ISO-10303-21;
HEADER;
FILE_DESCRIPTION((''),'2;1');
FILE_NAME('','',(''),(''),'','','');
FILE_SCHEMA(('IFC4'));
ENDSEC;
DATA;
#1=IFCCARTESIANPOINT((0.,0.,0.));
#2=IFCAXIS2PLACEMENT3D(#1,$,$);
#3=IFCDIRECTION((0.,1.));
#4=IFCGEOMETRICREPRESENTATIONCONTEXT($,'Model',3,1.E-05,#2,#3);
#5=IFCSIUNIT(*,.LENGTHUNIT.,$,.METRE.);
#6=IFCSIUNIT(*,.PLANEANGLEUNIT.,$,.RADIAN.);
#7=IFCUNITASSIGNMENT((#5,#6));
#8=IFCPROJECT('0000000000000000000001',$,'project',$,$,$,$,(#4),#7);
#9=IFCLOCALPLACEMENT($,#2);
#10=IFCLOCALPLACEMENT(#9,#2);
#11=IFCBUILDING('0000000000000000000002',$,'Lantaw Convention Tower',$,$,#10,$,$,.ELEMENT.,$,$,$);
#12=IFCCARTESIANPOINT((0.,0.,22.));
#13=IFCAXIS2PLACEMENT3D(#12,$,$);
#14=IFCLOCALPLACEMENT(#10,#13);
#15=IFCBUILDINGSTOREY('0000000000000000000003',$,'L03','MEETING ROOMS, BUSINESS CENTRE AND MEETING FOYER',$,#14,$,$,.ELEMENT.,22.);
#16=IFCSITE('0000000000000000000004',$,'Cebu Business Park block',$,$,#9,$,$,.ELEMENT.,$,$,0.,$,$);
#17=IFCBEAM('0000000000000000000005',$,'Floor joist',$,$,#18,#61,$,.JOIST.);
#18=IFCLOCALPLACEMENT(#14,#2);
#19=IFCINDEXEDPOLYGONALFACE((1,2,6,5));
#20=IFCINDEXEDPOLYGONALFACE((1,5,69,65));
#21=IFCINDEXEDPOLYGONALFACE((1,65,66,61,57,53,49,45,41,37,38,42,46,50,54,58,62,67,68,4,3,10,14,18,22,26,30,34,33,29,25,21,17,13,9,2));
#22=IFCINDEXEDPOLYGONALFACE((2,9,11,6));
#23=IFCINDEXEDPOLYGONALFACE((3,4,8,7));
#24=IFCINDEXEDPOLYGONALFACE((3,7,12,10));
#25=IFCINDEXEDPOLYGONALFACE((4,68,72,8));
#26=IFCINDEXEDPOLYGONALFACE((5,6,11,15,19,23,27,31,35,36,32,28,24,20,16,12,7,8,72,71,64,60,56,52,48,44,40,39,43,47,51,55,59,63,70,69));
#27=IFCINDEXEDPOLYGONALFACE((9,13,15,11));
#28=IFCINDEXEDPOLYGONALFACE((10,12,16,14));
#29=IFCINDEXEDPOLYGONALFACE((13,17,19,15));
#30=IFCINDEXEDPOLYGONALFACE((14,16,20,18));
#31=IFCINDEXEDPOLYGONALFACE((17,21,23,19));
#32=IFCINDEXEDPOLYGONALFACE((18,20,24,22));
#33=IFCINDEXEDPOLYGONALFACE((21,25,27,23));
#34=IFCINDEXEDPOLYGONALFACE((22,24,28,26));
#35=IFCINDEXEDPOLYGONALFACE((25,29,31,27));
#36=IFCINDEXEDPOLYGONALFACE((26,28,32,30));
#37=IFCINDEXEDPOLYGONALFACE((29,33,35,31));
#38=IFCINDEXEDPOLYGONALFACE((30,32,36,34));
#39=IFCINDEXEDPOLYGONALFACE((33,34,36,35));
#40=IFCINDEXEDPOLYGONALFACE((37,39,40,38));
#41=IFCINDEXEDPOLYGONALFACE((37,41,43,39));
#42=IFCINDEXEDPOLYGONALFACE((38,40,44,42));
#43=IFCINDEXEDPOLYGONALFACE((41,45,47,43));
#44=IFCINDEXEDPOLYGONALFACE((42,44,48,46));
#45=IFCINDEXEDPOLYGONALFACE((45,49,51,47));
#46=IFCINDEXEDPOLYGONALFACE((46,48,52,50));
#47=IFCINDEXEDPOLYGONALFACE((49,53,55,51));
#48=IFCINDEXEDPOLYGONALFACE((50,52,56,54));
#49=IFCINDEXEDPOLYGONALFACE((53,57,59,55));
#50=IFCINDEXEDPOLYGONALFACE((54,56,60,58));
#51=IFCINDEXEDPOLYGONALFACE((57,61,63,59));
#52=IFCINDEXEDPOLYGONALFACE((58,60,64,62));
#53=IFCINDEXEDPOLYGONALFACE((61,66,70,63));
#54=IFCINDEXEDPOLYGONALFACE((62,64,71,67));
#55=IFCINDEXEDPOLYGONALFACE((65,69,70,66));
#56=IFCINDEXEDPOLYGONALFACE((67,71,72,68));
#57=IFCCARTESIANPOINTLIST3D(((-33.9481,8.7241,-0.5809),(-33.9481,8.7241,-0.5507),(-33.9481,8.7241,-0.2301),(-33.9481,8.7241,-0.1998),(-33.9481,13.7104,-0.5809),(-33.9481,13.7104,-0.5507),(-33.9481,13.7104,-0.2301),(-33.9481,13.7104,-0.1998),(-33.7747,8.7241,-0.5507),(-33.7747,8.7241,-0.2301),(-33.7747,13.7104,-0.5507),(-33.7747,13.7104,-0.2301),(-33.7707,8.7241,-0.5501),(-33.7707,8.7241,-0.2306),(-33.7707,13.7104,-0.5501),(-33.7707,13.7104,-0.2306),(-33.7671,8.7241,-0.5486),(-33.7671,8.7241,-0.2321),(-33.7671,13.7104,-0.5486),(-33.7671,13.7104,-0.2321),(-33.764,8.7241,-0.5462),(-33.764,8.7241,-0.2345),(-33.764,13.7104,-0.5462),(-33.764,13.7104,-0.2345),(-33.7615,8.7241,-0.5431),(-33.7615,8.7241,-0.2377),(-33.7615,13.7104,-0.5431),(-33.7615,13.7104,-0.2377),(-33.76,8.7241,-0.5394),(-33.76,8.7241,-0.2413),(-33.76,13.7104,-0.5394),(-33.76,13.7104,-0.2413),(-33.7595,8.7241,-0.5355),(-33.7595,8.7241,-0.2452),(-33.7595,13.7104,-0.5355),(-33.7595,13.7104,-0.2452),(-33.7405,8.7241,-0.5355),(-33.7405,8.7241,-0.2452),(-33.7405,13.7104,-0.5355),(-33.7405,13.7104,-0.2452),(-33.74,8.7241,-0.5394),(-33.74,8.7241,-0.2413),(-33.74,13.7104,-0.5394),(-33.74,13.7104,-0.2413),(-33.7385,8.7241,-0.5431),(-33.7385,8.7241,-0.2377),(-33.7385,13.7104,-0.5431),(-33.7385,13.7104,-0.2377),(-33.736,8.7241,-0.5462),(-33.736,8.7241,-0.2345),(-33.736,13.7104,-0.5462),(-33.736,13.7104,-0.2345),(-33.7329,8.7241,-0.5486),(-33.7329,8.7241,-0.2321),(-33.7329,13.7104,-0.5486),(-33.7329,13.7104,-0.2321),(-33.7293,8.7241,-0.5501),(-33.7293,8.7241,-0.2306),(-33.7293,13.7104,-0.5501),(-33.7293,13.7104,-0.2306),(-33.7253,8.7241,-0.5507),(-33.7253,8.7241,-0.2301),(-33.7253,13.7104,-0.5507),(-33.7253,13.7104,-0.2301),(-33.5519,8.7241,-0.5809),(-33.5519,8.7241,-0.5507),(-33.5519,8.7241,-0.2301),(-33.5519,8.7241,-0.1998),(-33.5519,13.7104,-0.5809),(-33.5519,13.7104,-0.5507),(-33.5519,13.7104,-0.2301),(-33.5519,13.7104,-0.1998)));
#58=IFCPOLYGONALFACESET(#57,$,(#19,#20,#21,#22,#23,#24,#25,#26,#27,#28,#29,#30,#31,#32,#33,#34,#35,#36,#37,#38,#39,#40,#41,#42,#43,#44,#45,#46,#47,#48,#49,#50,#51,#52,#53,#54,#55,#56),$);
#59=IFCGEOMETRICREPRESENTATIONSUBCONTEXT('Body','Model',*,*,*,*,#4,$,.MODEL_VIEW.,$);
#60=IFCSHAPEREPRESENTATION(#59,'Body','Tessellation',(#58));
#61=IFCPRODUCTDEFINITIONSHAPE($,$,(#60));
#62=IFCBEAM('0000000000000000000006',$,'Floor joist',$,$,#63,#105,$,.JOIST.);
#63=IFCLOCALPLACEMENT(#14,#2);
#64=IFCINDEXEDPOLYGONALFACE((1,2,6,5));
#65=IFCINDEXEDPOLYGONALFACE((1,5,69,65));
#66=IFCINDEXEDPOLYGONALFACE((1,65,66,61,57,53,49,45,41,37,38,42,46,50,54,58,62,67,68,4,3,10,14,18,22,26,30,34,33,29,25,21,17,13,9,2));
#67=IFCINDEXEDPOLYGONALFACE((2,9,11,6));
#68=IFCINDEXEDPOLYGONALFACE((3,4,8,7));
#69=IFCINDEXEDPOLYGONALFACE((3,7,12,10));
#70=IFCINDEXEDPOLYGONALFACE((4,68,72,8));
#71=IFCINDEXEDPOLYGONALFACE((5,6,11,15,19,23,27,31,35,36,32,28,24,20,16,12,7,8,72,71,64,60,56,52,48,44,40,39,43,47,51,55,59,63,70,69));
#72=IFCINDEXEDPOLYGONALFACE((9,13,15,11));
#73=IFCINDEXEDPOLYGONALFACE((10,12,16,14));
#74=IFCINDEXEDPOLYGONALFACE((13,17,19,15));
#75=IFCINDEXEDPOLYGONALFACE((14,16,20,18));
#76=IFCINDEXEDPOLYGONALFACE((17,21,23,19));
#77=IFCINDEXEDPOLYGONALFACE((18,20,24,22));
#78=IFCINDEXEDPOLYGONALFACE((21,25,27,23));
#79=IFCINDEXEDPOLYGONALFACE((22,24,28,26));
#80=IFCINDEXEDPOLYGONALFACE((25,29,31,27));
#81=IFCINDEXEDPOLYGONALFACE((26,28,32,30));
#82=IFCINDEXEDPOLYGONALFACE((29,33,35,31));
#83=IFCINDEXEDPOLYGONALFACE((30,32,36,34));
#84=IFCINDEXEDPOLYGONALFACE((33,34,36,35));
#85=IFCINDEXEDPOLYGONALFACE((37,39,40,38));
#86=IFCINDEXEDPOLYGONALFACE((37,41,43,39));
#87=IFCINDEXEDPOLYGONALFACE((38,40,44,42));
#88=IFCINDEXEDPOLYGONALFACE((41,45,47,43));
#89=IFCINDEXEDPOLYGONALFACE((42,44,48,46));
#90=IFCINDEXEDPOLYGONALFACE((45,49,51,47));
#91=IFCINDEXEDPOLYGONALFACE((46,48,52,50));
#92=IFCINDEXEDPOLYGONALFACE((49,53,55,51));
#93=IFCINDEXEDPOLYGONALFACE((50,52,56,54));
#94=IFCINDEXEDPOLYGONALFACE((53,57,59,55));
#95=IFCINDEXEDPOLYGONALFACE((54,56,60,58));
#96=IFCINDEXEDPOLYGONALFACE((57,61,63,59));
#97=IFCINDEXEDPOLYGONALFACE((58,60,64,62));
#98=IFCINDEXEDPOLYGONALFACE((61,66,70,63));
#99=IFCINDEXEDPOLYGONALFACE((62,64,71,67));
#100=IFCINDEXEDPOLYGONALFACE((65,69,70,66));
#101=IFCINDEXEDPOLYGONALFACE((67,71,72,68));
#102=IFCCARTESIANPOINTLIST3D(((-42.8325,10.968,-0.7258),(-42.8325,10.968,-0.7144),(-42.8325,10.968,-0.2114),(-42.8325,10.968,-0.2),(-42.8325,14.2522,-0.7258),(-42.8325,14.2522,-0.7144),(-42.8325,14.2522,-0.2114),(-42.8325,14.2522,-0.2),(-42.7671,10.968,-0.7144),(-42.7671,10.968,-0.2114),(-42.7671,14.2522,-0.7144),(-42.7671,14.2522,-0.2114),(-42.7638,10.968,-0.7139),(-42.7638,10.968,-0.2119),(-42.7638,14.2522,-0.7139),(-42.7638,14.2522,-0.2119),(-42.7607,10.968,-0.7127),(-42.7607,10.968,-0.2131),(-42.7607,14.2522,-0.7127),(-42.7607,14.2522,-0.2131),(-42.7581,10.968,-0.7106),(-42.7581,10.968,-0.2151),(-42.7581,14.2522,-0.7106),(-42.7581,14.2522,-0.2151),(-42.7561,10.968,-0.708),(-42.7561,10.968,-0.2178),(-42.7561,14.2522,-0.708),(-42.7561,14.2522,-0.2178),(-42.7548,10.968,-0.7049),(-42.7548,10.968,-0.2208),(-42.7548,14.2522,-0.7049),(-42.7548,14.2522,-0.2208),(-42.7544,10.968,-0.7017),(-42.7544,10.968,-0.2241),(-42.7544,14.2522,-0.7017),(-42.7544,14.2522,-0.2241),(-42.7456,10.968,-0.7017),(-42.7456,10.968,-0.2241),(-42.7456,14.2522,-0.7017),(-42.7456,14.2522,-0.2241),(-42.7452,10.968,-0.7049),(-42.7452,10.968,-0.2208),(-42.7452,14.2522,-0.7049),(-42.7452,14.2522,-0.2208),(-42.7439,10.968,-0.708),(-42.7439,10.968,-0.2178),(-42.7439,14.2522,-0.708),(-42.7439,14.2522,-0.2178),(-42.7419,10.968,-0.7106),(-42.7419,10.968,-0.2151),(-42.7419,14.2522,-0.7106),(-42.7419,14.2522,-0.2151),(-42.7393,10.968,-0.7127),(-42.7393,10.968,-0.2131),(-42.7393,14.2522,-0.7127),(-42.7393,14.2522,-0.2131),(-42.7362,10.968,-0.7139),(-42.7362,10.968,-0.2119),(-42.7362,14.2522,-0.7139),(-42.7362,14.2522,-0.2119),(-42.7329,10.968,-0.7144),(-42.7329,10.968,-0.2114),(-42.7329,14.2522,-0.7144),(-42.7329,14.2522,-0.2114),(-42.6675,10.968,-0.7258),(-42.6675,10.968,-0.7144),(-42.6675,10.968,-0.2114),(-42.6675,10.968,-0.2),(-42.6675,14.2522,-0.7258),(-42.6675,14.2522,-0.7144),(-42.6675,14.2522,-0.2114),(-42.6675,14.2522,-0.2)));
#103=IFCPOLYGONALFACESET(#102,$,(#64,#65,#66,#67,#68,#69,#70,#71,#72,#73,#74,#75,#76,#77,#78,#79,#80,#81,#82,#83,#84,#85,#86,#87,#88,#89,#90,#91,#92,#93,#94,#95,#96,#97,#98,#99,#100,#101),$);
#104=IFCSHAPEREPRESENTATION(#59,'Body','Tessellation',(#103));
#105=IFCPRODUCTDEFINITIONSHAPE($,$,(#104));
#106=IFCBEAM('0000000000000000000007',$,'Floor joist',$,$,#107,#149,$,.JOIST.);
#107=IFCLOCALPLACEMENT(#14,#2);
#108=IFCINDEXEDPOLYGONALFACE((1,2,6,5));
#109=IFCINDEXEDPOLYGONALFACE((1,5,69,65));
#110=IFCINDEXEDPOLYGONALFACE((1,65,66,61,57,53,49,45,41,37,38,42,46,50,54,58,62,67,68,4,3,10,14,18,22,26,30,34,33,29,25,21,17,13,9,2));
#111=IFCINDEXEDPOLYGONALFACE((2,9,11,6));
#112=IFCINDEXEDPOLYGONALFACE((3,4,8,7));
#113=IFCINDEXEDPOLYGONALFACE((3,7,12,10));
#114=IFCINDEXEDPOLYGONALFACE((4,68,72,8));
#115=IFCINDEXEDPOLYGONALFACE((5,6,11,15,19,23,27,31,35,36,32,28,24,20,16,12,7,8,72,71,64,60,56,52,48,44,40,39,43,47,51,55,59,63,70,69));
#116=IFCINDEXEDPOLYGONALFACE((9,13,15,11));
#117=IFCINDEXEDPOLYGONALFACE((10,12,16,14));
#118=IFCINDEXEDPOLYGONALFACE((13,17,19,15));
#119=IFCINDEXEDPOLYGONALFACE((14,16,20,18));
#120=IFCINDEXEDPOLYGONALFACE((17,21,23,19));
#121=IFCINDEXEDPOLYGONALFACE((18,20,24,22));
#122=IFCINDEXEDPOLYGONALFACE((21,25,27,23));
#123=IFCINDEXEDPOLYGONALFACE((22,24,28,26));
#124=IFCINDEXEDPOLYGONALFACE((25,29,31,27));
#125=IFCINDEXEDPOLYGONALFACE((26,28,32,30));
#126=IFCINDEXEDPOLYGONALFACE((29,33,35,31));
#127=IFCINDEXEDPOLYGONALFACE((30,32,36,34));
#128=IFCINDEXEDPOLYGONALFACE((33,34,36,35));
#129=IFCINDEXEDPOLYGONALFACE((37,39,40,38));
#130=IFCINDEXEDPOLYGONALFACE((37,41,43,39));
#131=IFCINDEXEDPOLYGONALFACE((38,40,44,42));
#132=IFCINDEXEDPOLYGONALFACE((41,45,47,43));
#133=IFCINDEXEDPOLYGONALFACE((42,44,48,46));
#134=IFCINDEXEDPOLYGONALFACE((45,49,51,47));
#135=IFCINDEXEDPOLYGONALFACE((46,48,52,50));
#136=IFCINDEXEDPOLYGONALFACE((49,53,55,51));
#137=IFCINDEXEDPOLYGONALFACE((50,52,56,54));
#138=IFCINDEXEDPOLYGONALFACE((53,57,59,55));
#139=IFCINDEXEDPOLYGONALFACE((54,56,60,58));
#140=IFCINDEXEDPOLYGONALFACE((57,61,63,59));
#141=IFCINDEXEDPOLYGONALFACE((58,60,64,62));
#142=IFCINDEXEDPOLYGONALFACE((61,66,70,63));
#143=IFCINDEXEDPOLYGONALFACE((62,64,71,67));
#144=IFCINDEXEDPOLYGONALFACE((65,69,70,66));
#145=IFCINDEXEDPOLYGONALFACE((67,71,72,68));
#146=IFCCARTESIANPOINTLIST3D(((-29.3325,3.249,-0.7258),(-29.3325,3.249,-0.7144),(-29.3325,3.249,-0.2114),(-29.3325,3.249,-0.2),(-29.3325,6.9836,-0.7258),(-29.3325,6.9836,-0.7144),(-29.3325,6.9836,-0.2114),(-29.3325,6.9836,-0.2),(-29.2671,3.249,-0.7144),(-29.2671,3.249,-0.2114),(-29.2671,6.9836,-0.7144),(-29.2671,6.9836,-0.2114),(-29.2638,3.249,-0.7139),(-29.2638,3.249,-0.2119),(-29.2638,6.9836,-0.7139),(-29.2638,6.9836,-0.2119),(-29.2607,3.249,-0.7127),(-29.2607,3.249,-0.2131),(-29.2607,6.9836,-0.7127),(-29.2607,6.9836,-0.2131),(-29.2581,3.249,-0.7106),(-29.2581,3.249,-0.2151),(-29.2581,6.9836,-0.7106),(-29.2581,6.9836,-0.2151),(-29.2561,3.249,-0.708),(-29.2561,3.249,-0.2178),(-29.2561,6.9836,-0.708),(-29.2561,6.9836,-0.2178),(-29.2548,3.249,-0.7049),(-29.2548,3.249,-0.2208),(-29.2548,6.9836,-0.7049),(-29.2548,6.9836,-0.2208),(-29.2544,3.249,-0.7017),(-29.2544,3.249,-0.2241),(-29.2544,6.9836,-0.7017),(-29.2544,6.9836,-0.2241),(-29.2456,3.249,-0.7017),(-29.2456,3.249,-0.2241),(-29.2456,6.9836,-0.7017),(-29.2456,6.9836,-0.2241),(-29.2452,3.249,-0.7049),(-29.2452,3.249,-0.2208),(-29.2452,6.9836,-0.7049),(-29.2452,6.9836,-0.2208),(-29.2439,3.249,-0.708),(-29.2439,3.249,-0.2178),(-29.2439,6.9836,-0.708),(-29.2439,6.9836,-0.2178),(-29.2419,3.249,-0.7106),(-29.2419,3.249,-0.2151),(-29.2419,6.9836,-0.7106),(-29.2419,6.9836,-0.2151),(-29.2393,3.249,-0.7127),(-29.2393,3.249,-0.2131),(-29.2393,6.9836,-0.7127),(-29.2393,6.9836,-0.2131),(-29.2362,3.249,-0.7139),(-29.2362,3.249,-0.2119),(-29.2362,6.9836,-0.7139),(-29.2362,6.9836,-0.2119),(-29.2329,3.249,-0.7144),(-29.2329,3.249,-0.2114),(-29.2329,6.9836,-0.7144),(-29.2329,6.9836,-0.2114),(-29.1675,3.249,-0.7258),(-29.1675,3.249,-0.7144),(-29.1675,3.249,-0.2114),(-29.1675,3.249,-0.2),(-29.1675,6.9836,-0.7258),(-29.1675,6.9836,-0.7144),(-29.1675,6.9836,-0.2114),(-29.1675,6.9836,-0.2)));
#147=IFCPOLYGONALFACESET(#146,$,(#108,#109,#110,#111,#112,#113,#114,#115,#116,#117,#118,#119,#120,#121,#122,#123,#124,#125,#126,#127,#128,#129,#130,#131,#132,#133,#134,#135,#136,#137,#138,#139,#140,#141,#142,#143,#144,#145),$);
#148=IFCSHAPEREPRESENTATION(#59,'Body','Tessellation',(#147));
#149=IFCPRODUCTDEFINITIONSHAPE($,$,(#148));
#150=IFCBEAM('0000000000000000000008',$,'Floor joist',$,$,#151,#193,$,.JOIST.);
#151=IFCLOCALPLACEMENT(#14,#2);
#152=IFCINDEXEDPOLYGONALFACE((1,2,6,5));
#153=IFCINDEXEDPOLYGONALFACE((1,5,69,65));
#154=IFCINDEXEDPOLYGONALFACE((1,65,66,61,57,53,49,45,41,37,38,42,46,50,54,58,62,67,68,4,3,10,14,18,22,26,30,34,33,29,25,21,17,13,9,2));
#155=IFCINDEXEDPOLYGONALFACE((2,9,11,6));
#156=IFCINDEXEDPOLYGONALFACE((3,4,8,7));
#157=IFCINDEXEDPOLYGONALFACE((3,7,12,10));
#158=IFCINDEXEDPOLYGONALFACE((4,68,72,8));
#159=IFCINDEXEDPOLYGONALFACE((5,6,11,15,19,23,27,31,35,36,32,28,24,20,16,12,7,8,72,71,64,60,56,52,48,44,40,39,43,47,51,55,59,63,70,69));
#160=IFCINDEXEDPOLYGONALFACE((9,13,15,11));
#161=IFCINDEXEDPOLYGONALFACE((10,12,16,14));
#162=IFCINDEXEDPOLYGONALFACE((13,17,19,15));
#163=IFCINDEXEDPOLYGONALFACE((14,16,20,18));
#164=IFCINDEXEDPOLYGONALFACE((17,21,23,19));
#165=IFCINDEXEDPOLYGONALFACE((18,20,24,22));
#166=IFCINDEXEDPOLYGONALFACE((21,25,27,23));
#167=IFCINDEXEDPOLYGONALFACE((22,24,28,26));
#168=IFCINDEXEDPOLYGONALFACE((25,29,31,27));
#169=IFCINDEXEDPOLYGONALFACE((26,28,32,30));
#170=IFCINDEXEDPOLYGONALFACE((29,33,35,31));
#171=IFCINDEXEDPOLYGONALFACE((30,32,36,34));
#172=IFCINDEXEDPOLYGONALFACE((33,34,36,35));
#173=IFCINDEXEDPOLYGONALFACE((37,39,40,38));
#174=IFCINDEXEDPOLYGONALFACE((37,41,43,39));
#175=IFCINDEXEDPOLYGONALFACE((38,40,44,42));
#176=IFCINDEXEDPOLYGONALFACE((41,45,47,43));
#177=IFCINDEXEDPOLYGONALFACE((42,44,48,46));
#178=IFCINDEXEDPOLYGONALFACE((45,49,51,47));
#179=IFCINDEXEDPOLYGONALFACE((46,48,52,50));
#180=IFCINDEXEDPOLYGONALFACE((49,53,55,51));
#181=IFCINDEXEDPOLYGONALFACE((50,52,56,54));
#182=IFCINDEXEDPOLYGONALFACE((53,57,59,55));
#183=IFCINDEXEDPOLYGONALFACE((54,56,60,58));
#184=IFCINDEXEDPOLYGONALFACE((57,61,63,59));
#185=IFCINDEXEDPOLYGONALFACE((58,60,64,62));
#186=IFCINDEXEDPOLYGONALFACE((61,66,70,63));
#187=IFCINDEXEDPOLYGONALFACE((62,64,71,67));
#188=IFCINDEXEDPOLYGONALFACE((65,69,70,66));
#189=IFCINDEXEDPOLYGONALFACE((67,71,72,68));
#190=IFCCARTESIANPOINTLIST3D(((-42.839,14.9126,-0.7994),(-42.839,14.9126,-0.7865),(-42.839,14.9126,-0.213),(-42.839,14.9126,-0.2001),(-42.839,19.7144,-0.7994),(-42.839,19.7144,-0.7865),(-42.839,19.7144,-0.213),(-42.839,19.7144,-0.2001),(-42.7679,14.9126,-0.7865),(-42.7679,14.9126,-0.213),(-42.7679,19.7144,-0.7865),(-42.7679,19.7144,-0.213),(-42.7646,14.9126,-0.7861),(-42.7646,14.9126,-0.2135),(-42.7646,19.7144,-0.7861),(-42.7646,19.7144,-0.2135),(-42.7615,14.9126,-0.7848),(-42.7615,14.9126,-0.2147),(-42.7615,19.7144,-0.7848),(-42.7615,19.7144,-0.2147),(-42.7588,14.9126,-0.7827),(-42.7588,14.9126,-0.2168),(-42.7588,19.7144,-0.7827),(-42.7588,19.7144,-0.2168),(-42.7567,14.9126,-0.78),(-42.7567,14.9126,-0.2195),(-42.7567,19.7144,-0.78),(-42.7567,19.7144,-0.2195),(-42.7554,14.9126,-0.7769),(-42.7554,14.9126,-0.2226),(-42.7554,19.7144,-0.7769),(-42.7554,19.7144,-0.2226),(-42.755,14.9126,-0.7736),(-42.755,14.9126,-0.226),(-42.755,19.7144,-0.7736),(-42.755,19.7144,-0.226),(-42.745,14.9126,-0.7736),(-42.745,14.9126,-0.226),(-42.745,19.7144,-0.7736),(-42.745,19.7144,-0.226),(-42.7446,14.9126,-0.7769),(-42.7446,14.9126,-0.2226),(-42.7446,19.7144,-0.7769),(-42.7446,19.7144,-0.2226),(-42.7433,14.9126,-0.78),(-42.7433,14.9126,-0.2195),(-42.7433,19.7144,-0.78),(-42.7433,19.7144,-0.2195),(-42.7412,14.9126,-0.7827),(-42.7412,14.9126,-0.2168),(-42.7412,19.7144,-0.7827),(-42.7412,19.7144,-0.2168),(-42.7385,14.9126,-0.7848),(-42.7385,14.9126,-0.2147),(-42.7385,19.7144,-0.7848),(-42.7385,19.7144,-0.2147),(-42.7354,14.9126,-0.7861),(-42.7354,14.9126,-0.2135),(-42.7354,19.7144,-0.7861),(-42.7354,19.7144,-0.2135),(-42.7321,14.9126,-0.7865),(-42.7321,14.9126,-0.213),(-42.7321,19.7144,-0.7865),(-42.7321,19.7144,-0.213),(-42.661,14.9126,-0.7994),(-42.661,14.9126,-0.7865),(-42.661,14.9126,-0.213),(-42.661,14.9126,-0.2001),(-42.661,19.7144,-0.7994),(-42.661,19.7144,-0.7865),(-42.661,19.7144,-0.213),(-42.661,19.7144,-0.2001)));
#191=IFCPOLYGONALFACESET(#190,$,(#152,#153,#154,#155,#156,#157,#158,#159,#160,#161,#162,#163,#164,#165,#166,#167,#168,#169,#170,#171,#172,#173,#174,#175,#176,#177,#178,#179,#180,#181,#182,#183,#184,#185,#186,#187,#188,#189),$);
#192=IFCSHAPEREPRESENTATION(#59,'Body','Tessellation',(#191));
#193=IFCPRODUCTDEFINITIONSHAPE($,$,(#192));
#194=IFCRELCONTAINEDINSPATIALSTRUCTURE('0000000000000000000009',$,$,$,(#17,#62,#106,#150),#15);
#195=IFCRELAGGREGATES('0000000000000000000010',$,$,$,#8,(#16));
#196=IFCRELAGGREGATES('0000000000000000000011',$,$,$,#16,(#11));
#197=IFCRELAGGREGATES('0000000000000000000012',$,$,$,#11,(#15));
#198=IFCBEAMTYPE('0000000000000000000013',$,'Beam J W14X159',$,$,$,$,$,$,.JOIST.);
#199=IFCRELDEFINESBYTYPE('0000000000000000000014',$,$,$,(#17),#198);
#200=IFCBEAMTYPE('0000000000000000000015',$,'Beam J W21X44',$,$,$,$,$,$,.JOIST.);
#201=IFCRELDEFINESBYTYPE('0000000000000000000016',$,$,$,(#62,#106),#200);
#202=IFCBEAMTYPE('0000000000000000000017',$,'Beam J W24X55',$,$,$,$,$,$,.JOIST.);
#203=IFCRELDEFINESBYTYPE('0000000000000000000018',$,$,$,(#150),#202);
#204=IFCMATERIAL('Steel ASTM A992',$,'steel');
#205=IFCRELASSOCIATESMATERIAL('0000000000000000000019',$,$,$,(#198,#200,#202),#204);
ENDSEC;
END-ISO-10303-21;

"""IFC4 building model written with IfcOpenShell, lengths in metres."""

from ifc_helpers import new_model, si_unit, direction, frame, origin, origin_2d, place, context, subcontext, project, spatial, i_section, extrude, material, material_profile, profile_set, type_object, element, save


model = new_model("IFC4")

# Units and contexts
model_context = context("Model", 3, precision=1e-05, world=origin(), true_north=direction((0.0, 1.0)))
body_context = subcontext(model_context, "Body", "Model", "MODEL_VIEW")
ifc_project = project(units=[si_unit("LENGTHUNIT", "METRE"), si_unit("PLANEANGLEUNIT", "RADIAN")], contexts=[model_context])

# Site, building, storey
site_placement = place(None, origin())
site = spatial("IfcSite", under=ifc_project, at=site_placement, Name="Cebu Business Park block", CompositionType="ELEMENT", RefElevation=0.0)
building_placement = place(site_placement, origin())
building = spatial("IfcBuilding", under=site, at=building_placement, Name="Lantaw Convention Tower", CompositionType="ELEMENT")
storey_placement = place(building_placement, frame((0.0, 0.0, 22.0)))
storey = spatial("IfcBuildingStorey", under=building, at=storey_placement, Name="L03", Description="MEETING ROOMS, BUSINESS CENTRE AND MEETING FOYER", CompositionType="ELEMENT", Elevation=22.0)

# Beams
ifc_material_1 = material(Name="Steel ASTM A992", Category="steel")
ifc_material_profile_1 = material_profile(ifc_material_1, i_section(OverallWidth=0.3962, OverallDepth=0.3811, WebThickness=0.019, FlangeThickness=0.0303, FilletRadius=0.0151, at=origin_2d()), Name="W14X159")
ifc_profile_set_1 = profile_set([ifc_material_profile_1], Name="Steel ASTM A992")
beam_type_1 = type_object("IfcBeamType", Name="Beam J W14X159", PredefinedType="JOIST", material=ifc_profile_set_1)
beam_1_placement = place(storey_placement, frame((-33.75, 8.7241, -0.3904), z_axis=(0.0, 1.0, 0.0), x_axis=(-1.0, 0.0, 0.0)))
element("IfcBeam", 1, at=beam_1_placement, inside=storey, type_object=beam_type_1, Name="Floor joist", PredefinedType="JOIST", context=body_context, shape_type="SweptSolid", body=[
    extrude(i_section(OverallWidth=0.3962, OverallDepth=0.3811, WebThickness=0.019, FlangeThickness=0.0303, FilletRadius=0.0151, at=origin_2d()), origin(), (0.0, 0.0, 1.0), 4.9863),
])
ifc_material_profile_2 = material_profile(ifc_material_1, i_section(OverallWidth=0.165, OverallDepth=0.5259, WebThickness=0.0088, FlangeThickness=0.0115, FilletRadius=0.0127, at=origin_2d()), Name="W21X44")
ifc_profile_set_2 = profile_set([ifc_material_profile_2], Name="Steel ASTM A992")
beam_type_2 = type_object("IfcBeamType", Name="Beam J W21X44", PredefinedType="JOIST", material=ifc_profile_set_2)
beam_2_placement = place(storey_placement, frame((-42.75, 10.968, -0.4629), z_axis=(0.0, 1.0, 0.0), x_axis=(-1.0, 0.0, 0.0)))
element("IfcBeam", 2, at=beam_2_placement, inside=storey, type_object=beam_type_2, Name="Floor joist", PredefinedType="JOIST", context=body_context, shape_type="SweptSolid", body=[
    extrude(i_section(OverallWidth=0.165, OverallDepth=0.5259, WebThickness=0.0088, FlangeThickness=0.0115, FilletRadius=0.0127, at=origin_2d()), origin(), (0.0, 0.0, 1.0), 3.2842),
])
beam_3_placement = place(storey_placement, frame((-29.25, 3.249, -0.4629), z_axis=(0.0, 1.0, 0.0), x_axis=(-1.0, 0.0, 0.0)))
element("IfcBeam", 3, at=beam_3_placement, inside=storey, type_object=beam_type_2, Name="Floor joist", PredefinedType="JOIST", context=body_context, shape_type="SweptSolid", body=[
    extrude(i_section(OverallWidth=0.165, OverallDepth=0.5259, WebThickness=0.0088, FlangeThickness=0.0115, FilletRadius=0.0127, at=origin_2d()), origin(), (0.0, 0.0, 1.0), 3.7346),
])
ifc_material_profile_3 = material_profile(ifc_material_1, i_section(OverallWidth=0.178, OverallDepth=0.5994, WebThickness=0.01, FlangeThickness=0.0129, FilletRadius=0.0129, at=origin_2d()), Name="W24X55")
ifc_profile_set_3 = profile_set([ifc_material_profile_3], Name="Steel ASTM A992")
beam_type_3 = type_object("IfcBeamType", Name="Beam J W24X55", PredefinedType="JOIST", material=ifc_profile_set_3)
beam_4_placement = place(storey_placement, frame((-42.75, 14.9126, -0.4998), z_axis=(0.0, 1.0, 0.0), x_axis=(-1.0, 0.0, 0.0)))
element("IfcBeam", 4, at=beam_4_placement, inside=storey, type_object=beam_type_3, Name="Floor joist", PredefinedType="JOIST", context=body_context, shape_type="SweptSolid", body=[
    extrude(i_section(OverallWidth=0.178, OverallDepth=0.5994, WebThickness=0.01, FlangeThickness=0.0129, FilletRadius=0.0129, at=origin_2d()), origin(), (0.0, 0.0, 1.0), 4.8018),
])

save(model, "model.ifc")
